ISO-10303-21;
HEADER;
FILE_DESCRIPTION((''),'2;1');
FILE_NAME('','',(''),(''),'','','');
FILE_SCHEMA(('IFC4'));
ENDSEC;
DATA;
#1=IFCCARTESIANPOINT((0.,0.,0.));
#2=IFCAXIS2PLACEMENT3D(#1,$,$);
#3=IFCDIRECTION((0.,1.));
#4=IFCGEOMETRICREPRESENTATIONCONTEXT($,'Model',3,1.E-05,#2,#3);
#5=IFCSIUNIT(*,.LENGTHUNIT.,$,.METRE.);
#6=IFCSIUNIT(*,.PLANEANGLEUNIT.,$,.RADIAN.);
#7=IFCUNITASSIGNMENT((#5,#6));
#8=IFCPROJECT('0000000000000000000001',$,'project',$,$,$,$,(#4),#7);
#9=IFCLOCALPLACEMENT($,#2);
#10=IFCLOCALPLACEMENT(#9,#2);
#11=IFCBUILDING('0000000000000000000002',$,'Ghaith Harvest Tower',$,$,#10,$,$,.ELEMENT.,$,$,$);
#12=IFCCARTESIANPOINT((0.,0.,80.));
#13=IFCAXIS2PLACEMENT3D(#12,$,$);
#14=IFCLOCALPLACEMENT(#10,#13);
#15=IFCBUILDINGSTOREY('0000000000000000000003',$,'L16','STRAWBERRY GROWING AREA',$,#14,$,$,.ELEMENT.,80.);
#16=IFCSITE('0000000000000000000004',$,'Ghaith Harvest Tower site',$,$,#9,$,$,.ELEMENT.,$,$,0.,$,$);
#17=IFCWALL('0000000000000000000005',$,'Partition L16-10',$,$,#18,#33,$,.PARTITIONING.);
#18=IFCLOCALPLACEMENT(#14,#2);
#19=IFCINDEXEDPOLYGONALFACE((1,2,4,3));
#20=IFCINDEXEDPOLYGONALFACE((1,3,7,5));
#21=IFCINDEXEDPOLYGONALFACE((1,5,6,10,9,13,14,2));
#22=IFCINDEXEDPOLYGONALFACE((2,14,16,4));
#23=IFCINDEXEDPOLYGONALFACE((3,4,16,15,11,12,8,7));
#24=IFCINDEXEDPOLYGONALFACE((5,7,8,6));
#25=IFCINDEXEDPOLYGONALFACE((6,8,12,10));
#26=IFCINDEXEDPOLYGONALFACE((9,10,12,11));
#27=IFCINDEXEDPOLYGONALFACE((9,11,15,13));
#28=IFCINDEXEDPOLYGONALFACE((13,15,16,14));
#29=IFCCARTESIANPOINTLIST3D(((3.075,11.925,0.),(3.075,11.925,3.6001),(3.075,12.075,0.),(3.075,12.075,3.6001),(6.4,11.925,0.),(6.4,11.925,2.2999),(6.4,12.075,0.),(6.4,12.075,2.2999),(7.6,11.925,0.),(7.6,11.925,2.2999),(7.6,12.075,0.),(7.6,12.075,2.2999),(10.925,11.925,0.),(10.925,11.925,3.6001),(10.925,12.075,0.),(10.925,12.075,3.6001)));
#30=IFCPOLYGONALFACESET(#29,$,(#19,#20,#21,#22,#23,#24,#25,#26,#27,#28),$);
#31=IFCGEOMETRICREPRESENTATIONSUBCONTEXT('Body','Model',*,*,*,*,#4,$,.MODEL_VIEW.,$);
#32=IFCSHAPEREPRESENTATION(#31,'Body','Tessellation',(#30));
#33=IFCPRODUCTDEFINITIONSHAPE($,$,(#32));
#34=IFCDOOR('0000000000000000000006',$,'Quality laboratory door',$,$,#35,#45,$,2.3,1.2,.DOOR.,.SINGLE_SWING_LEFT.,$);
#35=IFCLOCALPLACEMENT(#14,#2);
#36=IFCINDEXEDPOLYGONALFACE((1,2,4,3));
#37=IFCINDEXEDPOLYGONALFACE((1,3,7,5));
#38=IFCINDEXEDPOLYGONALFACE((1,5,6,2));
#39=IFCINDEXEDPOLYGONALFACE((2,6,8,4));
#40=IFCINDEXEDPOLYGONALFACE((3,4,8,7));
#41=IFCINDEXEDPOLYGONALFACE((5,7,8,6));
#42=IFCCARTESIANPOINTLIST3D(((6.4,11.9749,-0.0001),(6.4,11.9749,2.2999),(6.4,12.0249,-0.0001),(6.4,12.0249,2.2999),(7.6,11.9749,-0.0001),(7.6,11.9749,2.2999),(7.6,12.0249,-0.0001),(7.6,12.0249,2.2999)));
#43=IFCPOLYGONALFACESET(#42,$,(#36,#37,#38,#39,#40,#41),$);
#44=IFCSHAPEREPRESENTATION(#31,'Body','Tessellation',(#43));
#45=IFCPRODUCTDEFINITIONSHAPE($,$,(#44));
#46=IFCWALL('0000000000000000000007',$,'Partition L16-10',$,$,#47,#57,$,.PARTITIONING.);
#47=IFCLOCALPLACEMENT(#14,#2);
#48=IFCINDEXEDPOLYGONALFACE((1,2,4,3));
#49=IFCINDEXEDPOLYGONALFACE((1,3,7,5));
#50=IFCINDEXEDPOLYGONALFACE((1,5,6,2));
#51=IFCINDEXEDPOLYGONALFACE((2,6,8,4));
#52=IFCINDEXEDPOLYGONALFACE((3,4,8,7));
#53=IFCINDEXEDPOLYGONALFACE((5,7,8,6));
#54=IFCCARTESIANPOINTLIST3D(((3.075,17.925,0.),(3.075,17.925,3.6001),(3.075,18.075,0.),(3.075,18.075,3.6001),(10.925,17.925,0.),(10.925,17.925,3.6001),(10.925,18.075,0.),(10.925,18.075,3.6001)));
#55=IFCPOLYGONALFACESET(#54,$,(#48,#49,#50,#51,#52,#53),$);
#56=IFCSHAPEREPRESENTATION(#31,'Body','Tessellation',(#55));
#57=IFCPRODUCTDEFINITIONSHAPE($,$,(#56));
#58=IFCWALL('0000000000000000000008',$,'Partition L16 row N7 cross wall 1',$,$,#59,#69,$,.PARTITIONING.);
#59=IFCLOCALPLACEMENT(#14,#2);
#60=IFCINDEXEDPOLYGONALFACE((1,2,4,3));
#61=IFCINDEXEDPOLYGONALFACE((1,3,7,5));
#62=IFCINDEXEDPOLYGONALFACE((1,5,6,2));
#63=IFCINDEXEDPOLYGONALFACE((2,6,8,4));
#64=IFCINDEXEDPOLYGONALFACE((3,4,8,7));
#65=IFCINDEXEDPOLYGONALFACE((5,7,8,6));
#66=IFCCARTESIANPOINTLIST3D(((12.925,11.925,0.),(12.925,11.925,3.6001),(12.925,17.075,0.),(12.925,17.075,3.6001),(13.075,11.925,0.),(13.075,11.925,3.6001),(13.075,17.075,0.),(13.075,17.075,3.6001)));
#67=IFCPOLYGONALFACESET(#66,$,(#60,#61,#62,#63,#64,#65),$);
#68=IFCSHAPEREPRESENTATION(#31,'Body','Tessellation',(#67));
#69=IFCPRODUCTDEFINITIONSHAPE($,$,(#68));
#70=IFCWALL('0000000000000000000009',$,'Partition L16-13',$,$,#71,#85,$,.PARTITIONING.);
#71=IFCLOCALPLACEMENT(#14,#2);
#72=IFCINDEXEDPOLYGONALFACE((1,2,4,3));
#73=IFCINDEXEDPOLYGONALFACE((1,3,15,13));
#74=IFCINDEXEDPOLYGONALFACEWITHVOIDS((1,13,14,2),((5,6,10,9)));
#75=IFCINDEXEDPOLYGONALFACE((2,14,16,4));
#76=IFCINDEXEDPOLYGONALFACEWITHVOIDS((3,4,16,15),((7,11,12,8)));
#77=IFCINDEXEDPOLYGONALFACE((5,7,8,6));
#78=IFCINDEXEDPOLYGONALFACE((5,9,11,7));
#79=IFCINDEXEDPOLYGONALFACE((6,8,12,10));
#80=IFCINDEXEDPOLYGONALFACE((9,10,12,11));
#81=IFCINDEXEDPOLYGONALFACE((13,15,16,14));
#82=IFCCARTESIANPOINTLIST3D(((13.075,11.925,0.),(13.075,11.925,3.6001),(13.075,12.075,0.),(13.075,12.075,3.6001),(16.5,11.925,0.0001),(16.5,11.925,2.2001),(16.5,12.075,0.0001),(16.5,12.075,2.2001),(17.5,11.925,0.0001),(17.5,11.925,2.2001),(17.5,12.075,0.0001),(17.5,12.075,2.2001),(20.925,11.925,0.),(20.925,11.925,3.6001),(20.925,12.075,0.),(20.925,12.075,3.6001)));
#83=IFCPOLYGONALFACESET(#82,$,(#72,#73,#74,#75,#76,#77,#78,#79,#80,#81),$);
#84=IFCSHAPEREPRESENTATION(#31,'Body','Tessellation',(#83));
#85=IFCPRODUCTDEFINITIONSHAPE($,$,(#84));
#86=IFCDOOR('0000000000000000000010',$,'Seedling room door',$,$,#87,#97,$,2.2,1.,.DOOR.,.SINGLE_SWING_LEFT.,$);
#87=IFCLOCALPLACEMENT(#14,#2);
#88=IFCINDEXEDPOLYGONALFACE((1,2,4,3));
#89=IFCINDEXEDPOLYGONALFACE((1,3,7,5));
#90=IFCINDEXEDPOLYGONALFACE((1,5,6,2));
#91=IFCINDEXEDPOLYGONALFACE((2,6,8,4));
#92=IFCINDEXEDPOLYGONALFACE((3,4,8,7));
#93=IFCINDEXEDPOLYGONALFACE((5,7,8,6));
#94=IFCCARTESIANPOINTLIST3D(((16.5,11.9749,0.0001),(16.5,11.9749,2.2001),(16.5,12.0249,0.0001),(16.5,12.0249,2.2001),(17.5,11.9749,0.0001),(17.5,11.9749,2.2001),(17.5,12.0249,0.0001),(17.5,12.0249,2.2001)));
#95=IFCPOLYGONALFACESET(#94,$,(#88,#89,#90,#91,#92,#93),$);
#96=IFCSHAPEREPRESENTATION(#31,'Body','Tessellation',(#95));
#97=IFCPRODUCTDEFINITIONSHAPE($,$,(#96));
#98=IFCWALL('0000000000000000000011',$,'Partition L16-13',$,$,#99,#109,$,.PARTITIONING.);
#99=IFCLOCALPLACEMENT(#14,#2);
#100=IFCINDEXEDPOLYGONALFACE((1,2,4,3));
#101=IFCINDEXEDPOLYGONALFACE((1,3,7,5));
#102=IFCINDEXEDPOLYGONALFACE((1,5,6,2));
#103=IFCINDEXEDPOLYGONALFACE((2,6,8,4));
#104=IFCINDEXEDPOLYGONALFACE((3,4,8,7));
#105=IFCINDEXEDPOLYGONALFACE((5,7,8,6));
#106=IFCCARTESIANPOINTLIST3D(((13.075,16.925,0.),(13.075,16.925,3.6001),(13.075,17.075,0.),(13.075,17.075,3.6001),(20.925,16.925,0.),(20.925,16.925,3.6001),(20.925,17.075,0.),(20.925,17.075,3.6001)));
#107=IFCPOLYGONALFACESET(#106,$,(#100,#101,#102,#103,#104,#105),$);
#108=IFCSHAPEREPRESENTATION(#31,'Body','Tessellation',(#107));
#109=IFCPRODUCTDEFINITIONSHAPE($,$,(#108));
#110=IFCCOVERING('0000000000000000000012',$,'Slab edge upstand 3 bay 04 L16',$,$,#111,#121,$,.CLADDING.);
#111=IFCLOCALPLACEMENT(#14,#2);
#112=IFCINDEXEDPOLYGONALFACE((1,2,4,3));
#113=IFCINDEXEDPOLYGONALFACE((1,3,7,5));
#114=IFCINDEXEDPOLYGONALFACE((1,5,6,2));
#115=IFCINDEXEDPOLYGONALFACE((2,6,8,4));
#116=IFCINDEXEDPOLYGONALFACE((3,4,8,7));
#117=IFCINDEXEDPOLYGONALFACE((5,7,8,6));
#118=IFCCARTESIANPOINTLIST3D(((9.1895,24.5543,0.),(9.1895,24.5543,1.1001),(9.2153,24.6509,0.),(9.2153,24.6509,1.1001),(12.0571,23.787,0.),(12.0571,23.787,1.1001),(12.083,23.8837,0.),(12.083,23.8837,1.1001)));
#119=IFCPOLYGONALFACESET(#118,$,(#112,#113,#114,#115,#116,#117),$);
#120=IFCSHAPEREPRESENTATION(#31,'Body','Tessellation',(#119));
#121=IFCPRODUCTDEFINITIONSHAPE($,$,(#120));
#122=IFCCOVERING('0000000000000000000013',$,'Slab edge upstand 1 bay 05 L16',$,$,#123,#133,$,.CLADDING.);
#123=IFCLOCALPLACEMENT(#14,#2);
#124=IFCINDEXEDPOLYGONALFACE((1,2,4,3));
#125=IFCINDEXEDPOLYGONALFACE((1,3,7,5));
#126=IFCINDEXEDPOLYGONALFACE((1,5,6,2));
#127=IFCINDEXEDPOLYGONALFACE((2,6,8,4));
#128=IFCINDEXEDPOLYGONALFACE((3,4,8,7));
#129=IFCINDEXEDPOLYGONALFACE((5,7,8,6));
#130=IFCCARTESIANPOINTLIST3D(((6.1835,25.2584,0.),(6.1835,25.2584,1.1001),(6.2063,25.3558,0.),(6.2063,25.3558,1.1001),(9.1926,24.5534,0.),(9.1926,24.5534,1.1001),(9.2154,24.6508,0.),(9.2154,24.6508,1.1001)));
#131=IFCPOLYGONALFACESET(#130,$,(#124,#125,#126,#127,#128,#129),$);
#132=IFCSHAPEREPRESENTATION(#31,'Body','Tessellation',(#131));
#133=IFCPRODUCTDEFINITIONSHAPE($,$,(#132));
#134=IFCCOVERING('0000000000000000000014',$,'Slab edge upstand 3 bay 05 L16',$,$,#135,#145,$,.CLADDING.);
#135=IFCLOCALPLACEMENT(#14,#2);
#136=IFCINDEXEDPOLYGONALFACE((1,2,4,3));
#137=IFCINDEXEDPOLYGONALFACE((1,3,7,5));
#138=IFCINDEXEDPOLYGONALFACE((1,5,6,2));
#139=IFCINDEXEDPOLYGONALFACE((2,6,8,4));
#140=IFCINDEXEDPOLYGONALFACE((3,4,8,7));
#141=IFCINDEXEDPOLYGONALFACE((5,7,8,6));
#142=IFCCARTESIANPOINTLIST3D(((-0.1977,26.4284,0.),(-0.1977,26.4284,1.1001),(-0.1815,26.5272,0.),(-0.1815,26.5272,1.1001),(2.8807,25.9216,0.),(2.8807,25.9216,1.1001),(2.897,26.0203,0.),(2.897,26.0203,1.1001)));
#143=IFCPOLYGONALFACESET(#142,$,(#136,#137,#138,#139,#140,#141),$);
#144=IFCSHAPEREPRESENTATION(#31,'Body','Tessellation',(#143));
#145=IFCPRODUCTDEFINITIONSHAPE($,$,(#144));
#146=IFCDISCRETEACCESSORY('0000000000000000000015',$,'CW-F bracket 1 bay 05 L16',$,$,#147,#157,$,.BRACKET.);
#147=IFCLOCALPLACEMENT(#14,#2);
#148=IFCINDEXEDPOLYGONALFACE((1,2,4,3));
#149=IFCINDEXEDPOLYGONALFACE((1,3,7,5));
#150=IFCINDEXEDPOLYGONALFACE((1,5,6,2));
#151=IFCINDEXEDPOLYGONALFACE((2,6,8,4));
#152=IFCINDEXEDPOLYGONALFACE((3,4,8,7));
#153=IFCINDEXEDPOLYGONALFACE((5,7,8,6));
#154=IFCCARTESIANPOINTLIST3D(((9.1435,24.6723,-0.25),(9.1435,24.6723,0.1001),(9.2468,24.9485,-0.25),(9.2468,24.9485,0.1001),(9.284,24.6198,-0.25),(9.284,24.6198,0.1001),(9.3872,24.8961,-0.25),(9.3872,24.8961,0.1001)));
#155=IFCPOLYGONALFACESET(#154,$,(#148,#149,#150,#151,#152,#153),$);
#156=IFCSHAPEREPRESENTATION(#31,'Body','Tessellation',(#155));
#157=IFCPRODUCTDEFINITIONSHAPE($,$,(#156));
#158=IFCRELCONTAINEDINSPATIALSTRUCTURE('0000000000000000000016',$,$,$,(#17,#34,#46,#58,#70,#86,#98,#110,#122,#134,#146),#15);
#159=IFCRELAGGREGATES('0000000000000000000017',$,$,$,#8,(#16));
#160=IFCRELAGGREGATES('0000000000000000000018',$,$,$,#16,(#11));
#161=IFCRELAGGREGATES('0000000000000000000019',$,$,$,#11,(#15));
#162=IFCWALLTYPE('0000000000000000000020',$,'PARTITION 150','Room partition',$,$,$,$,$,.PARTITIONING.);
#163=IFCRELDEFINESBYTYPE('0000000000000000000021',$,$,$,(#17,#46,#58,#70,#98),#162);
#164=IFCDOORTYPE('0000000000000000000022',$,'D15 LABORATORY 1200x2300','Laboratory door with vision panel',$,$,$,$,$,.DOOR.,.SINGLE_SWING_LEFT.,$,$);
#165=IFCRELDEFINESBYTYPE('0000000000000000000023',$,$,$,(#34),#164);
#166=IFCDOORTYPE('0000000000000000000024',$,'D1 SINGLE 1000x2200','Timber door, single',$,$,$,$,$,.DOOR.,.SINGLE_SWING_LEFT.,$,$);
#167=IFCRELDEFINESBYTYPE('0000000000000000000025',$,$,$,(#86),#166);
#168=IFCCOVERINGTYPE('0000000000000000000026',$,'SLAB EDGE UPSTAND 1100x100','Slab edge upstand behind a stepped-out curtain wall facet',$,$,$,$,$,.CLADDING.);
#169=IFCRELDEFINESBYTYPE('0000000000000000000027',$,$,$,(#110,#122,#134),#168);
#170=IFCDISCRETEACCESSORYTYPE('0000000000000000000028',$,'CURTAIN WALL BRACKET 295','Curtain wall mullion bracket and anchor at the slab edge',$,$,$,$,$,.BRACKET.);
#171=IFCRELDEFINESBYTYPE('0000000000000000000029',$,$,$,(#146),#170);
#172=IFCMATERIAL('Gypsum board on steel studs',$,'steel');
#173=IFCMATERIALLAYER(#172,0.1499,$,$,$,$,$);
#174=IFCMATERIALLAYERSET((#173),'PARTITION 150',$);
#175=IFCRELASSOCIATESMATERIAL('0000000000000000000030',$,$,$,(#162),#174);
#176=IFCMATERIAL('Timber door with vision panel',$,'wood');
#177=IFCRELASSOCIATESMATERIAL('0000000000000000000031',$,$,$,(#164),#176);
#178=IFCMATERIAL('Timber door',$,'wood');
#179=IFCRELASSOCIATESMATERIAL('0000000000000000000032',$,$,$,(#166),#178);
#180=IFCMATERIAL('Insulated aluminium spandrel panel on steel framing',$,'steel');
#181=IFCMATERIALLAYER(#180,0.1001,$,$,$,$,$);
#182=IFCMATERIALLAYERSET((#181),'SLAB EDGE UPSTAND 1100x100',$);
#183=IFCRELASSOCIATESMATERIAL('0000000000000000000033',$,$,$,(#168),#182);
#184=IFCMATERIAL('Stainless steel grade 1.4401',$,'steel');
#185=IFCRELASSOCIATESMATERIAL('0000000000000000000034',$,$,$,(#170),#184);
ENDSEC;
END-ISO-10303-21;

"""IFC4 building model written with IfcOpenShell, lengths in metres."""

from ifc_helpers import new_model, si_unit, direction, frame, frame_2d, origin, origin_2d, place, context, subcontext, project, spatial, rectangle, extrude, material, layer, layer_set, type_object, element, fill, save


model = new_model("IFC4")

# Units and contexts
model_context = context("Model", 3, precision=1e-05, world=origin(), true_north=direction((0.0, 1.0)))
body_context = subcontext(model_context, "Body", "Model", "MODEL_VIEW")
ifc_project = project(units=[si_unit("LENGTHUNIT", "METRE"), si_unit("PLANEANGLEUNIT", "RADIAN")], contexts=[model_context])

# Site, building, storey
site_placement = place(None, origin())
site = spatial("IfcSite", under=ifc_project, at=site_placement, Name="Ghaith Harvest Tower site", CompositionType="ELEMENT", RefElevation=0.0)
building_placement = place(site_placement, origin())
building = spatial("IfcBuilding", under=site, at=building_placement, Name="Ghaith Harvest Tower", CompositionType="ELEMENT")
storey_placement = place(building_placement, frame((0.0, 0.0, 80.0)))
storey = spatial("IfcBuildingStorey", under=building, at=storey_placement, Name="L16", Description="STRAWBERRY GROWING AREA", CompositionType="ELEMENT", Elevation=80.0)

# Shared definitions
ifc_material_1 = material(Name="Gypsum board on steel studs", Category="steel")
ifc_layer_1 = layer(ifc_material_1, 0.1499)
ifc_layer_set_1 = layer_set([ifc_layer_1], Name="PARTITION 150")
wall_type = type_object("IfcWallType", Name="PARTITION 150", Description="Room partition", PredefinedType="PARTITIONING", material=ifc_layer_set_1)

# Wall, opening, door
wall_1_placement = place(storey_placement, frame((3.075, 12.0, 0.0), z_axis=(0.0, 0.0, 1.0), x_axis=(1.0, 0.0, 0.0)))
wall_1 = element("IfcWall", 1, at=wall_1_placement, inside=storey, type_object=wall_type, Name="Partition L16-10", PredefinedType="PARTITIONING", context=body_context, shape_type="SweptSolid", body=[
    extrude(rectangle(XDim=7.8501, YDim=0.1499, at=frame_2d((3.925, 0.0))), origin(), (0.0, 0.0, 1.0), 3.6001),
])
opening_1_placement = place(wall_1_placement, frame((3.325, 0.0, 0.0)))
opening_1 = element("IfcOpeningElement", 2, at=opening_1_placement, cuts=wall_1, PredefinedType="OPENING", context=body_context, shape_type="SweptSolid", body=[
    extrude(rectangle(XDim=1.2, YDim=2.3, at=frame_2d((0.6001, 1.1499))), frame((0.0, 0.085, 0.0), z_axis=(0.0, -1.0, 0.0), x_axis=(1.0, 0.0, 0.0)), (0.0, 0.0, 1.0), 0.1699),
])
ifc_material_2 = material(Name="Timber door with vision panel", Category="wood")
door_type_1 = type_object("IfcDoorType", Name="D15 LABORATORY 1200x2300", Description="Laboratory door with vision panel", OperationType="SINGLE_SWING_LEFT", PredefinedType="DOOR", material=ifc_material_2)
door_1_placement = place(opening_1_placement, origin())
door_1 = element("IfcDoor", 3, at=door_1_placement, inside=storey, type_object=door_type_1, Name="Quality laboratory door", OperationType="SINGLE_SWING_LEFT", OverallHeight=2.3, OverallWidth=1.2, PredefinedType="DOOR", context=body_context, shape_type="SweptSolid", body=[
    extrude(rectangle(XDim=1.2, YDim=2.3, at=frame_2d((0.6001, 1.1499))), frame((0.0, 0.0249, 0.0), z_axis=(0.0, -1.0, 0.0), x_axis=(1.0, 0.0, 0.0)), (0.0, 0.0, 1.0), 0.05),
])
fill(opening_1, door_1)

# Walls
wall_2_placement = place(storey_placement, frame((3.075, 18.0, 0.0), z_axis=(0.0, 0.0, 1.0), x_axis=(1.0, 0.0, 0.0)))
element("IfcWall", 4, at=wall_2_placement, inside=storey, type_object=wall_type, Name="Partition L16-10", PredefinedType="PARTITIONING", context=body_context, shape_type="SweptSolid", body=[
    extrude(rectangle(XDim=7.8501, YDim=0.1499, at=frame_2d((3.925, 0.0))), origin(), (0.0, 0.0, 1.0), 3.6001),
])
wall_3_placement = place(storey_placement, frame((13.0, 11.925, 0.0), z_axis=(0.0, 0.0, 1.0), x_axis=(0.0, 1.0, 0.0)))
element("IfcWall", 5, at=wall_3_placement, inside=storey, type_object=wall_type, Name="Partition L16 row N7 cross wall 1", PredefinedType="PARTITIONING", context=body_context, shape_type="SweptSolid", body=[
    extrude(rectangle(XDim=5.1499, YDim=0.1499, at=frame_2d((2.575, 0.0))), origin(), (0.0, 0.0, 1.0), 3.6001),
])

# Wall, opening, door
wall_4_placement = place(storey_placement, frame((13.075, 12.0, 0.0), z_axis=(0.0, 0.0, 1.0), x_axis=(1.0, 0.0, 0.0)))
wall_4 = element("IfcWall", 6, at=wall_4_placement, inside=storey, type_object=wall_type, Name="Partition L16-13", PredefinedType="PARTITIONING", context=body_context, shape_type="SweptSolid", body=[
    extrude(rectangle(XDim=7.8501, YDim=0.1499, at=frame_2d((3.925, 0.0))), origin(), (0.0, 0.0, 1.0), 3.6001),
])
opening_2_placement = place(wall_4_placement, frame((3.425, 0.0, 0.0)))
opening_2 = element("IfcOpeningElement", 7, at=opening_2_placement, cuts=wall_4, PredefinedType="OPENING", context=body_context, shape_type="SweptSolid", body=[
    extrude(rectangle(XDim=1.0, YDim=2.2, at=frame_2d((0.5, 1.1001))), frame((0.0, 0.085, 0.0), z_axis=(0.0, -1.0, 0.0), x_axis=(1.0, 0.0, 0.0)), (0.0, 0.0, 1.0), 0.1699),
])
ifc_material_3 = material(Name="Timber door", Category="wood")
door_type_2 = type_object("IfcDoorType", Name="D1 SINGLE 1000x2200", Description="Timber door, single", OperationType="SINGLE_SWING_LEFT", PredefinedType="DOOR", material=ifc_material_3)
door_2_placement = place(opening_2_placement, origin())
door_2 = element("IfcDoor", 8, at=door_2_placement, inside=storey, type_object=door_type_2, Name="Seedling room door", OperationType="SINGLE_SWING_LEFT", OverallHeight=2.2, OverallWidth=1.0, PredefinedType="DOOR", context=body_context, shape_type="SweptSolid", body=[
    extrude(rectangle(XDim=1.0, YDim=2.2, at=frame_2d((0.5, 1.1001))), frame((0.0, 0.0249, 0.0), z_axis=(0.0, -1.0, 0.0), x_axis=(1.0, 0.0, 0.0)), (0.0, 0.0, 1.0), 0.05),
])
fill(opening_2, door_2)

# Wall
wall_5_placement = place(storey_placement, frame((13.075, 17.0, 0.0), z_axis=(0.0, 0.0, 1.0), x_axis=(1.0, 0.0, 0.0)))
element("IfcWall", 9, at=wall_5_placement, inside=storey, type_object=wall_type, Name="Partition L16-13", PredefinedType="PARTITIONING", context=body_context, shape_type="SweptSolid", body=[
    extrude(rectangle(XDim=7.8501, YDim=0.1499, at=frame_2d((3.925, 0.0))), origin(), (0.0, 0.0, 1.0), 3.6001),
])

# Coverings
ifc_material_4 = material(Name="Insulated aluminium spandrel panel on steel framing", Category="steel")
ifc_layer_2 = layer(ifc_material_4, 0.1001)
ifc_layer_set_2 = layer_set([ifc_layer_2], Name="SLAB EDGE UPSTAND 1100x100")
covering_type = type_object("IfcCoveringType", Name="SLAB EDGE UPSTAND 1100x100", Description="Slab edge upstand behind a stepped-out curtain wall facet", PredefinedType="CLADDING", material=ifc_layer_set_2)
covering_1_placement = place(storey_placement, frame((10.6362, 24.219, 0.0), z_axis=(0.0, 0.0, 1.0), x_axis=(-0.966024, 0.258451, 0.0)))
element("IfcCovering", 10, at=covering_1_placement, inside=storey, type_object=covering_type, Name="Slab edge upstand 3 bay 04 L16", PredefinedType="CLADDING", context=body_context, shape_type="SweptSolid", body=[
    extrude(rectangle(XDim=2.9685, YDim=0.1001, at=origin_2d()), origin(), (0.0, 0.0, 1.0), 1.1001),
])
covering_2_placement = place(storey_placement, frame((7.6995, 24.9546, 0.0), z_axis=(0.0, 0.0, 1.0), x_axis=(-0.973634, 0.228115, 0.0)))
element("IfcCovering", 11, at=covering_2_placement, inside=storey, type_object=covering_type, Name="Slab edge upstand 1 bay 05 L16", PredefinedType="CLADDING", context=body_context, shape_type="SweptSolid", body=[
    extrude(rectangle(XDim=3.0906, YDim=0.1001, at=origin_2d()), origin(), (0.0, 0.0, 1.0), 1.1001),
])
covering_3_placement = place(storey_placement, frame((1.3496, 26.2244, 0.0), z_axis=(0.0, 0.0, 1.0), x_axis=(-0.986716, 0.162453, 0.0)))
element("IfcCovering", 12, at=covering_3_placement, inside=storey, type_object=covering_type, Name="Slab edge upstand 3 bay 05 L16", PredefinedType="CLADDING", context=body_context, shape_type="SweptSolid", body=[
    extrude(rectangle(XDim=3.1199, YDim=0.1001, at=origin_2d()), origin(), (0.0, 0.0, 1.0), 1.1001),
])

# Discrete accessory
ifc_material_5 = material(Name="Stainless steel grade 1.4401", Category="steel")
discrete_accessory_type = type_object("IfcDiscreteAccessoryType", Name="CURTAIN WALL BRACKET 295", Description="Curtain wall mullion bracket and anchor at the slab edge", PredefinedType="BRACKET", material=ifc_material_5)
discrete_accessory_placement = place(storey_placement, frame((9.2654, 24.7842, -0.25), z_axis=(0.0, 0.0, 1.0), x_axis=(0.350168, 0.936687, 0.0)))
element("IfcDiscreteAccessory", 13, at=discrete_accessory_placement, inside=storey, type_object=discrete_accessory_type, Name="CW-F bracket 1 bay 05 L16", PredefinedType="BRACKET", context=body_context, shape_type="SweptSolid", body=[
    extrude(rectangle(XDim=0.2949, YDim=0.1499, at=origin_2d()), origin(), (0.0, 0.0, 1.0), 0.3501),
])

save(model, "model.ifc")
